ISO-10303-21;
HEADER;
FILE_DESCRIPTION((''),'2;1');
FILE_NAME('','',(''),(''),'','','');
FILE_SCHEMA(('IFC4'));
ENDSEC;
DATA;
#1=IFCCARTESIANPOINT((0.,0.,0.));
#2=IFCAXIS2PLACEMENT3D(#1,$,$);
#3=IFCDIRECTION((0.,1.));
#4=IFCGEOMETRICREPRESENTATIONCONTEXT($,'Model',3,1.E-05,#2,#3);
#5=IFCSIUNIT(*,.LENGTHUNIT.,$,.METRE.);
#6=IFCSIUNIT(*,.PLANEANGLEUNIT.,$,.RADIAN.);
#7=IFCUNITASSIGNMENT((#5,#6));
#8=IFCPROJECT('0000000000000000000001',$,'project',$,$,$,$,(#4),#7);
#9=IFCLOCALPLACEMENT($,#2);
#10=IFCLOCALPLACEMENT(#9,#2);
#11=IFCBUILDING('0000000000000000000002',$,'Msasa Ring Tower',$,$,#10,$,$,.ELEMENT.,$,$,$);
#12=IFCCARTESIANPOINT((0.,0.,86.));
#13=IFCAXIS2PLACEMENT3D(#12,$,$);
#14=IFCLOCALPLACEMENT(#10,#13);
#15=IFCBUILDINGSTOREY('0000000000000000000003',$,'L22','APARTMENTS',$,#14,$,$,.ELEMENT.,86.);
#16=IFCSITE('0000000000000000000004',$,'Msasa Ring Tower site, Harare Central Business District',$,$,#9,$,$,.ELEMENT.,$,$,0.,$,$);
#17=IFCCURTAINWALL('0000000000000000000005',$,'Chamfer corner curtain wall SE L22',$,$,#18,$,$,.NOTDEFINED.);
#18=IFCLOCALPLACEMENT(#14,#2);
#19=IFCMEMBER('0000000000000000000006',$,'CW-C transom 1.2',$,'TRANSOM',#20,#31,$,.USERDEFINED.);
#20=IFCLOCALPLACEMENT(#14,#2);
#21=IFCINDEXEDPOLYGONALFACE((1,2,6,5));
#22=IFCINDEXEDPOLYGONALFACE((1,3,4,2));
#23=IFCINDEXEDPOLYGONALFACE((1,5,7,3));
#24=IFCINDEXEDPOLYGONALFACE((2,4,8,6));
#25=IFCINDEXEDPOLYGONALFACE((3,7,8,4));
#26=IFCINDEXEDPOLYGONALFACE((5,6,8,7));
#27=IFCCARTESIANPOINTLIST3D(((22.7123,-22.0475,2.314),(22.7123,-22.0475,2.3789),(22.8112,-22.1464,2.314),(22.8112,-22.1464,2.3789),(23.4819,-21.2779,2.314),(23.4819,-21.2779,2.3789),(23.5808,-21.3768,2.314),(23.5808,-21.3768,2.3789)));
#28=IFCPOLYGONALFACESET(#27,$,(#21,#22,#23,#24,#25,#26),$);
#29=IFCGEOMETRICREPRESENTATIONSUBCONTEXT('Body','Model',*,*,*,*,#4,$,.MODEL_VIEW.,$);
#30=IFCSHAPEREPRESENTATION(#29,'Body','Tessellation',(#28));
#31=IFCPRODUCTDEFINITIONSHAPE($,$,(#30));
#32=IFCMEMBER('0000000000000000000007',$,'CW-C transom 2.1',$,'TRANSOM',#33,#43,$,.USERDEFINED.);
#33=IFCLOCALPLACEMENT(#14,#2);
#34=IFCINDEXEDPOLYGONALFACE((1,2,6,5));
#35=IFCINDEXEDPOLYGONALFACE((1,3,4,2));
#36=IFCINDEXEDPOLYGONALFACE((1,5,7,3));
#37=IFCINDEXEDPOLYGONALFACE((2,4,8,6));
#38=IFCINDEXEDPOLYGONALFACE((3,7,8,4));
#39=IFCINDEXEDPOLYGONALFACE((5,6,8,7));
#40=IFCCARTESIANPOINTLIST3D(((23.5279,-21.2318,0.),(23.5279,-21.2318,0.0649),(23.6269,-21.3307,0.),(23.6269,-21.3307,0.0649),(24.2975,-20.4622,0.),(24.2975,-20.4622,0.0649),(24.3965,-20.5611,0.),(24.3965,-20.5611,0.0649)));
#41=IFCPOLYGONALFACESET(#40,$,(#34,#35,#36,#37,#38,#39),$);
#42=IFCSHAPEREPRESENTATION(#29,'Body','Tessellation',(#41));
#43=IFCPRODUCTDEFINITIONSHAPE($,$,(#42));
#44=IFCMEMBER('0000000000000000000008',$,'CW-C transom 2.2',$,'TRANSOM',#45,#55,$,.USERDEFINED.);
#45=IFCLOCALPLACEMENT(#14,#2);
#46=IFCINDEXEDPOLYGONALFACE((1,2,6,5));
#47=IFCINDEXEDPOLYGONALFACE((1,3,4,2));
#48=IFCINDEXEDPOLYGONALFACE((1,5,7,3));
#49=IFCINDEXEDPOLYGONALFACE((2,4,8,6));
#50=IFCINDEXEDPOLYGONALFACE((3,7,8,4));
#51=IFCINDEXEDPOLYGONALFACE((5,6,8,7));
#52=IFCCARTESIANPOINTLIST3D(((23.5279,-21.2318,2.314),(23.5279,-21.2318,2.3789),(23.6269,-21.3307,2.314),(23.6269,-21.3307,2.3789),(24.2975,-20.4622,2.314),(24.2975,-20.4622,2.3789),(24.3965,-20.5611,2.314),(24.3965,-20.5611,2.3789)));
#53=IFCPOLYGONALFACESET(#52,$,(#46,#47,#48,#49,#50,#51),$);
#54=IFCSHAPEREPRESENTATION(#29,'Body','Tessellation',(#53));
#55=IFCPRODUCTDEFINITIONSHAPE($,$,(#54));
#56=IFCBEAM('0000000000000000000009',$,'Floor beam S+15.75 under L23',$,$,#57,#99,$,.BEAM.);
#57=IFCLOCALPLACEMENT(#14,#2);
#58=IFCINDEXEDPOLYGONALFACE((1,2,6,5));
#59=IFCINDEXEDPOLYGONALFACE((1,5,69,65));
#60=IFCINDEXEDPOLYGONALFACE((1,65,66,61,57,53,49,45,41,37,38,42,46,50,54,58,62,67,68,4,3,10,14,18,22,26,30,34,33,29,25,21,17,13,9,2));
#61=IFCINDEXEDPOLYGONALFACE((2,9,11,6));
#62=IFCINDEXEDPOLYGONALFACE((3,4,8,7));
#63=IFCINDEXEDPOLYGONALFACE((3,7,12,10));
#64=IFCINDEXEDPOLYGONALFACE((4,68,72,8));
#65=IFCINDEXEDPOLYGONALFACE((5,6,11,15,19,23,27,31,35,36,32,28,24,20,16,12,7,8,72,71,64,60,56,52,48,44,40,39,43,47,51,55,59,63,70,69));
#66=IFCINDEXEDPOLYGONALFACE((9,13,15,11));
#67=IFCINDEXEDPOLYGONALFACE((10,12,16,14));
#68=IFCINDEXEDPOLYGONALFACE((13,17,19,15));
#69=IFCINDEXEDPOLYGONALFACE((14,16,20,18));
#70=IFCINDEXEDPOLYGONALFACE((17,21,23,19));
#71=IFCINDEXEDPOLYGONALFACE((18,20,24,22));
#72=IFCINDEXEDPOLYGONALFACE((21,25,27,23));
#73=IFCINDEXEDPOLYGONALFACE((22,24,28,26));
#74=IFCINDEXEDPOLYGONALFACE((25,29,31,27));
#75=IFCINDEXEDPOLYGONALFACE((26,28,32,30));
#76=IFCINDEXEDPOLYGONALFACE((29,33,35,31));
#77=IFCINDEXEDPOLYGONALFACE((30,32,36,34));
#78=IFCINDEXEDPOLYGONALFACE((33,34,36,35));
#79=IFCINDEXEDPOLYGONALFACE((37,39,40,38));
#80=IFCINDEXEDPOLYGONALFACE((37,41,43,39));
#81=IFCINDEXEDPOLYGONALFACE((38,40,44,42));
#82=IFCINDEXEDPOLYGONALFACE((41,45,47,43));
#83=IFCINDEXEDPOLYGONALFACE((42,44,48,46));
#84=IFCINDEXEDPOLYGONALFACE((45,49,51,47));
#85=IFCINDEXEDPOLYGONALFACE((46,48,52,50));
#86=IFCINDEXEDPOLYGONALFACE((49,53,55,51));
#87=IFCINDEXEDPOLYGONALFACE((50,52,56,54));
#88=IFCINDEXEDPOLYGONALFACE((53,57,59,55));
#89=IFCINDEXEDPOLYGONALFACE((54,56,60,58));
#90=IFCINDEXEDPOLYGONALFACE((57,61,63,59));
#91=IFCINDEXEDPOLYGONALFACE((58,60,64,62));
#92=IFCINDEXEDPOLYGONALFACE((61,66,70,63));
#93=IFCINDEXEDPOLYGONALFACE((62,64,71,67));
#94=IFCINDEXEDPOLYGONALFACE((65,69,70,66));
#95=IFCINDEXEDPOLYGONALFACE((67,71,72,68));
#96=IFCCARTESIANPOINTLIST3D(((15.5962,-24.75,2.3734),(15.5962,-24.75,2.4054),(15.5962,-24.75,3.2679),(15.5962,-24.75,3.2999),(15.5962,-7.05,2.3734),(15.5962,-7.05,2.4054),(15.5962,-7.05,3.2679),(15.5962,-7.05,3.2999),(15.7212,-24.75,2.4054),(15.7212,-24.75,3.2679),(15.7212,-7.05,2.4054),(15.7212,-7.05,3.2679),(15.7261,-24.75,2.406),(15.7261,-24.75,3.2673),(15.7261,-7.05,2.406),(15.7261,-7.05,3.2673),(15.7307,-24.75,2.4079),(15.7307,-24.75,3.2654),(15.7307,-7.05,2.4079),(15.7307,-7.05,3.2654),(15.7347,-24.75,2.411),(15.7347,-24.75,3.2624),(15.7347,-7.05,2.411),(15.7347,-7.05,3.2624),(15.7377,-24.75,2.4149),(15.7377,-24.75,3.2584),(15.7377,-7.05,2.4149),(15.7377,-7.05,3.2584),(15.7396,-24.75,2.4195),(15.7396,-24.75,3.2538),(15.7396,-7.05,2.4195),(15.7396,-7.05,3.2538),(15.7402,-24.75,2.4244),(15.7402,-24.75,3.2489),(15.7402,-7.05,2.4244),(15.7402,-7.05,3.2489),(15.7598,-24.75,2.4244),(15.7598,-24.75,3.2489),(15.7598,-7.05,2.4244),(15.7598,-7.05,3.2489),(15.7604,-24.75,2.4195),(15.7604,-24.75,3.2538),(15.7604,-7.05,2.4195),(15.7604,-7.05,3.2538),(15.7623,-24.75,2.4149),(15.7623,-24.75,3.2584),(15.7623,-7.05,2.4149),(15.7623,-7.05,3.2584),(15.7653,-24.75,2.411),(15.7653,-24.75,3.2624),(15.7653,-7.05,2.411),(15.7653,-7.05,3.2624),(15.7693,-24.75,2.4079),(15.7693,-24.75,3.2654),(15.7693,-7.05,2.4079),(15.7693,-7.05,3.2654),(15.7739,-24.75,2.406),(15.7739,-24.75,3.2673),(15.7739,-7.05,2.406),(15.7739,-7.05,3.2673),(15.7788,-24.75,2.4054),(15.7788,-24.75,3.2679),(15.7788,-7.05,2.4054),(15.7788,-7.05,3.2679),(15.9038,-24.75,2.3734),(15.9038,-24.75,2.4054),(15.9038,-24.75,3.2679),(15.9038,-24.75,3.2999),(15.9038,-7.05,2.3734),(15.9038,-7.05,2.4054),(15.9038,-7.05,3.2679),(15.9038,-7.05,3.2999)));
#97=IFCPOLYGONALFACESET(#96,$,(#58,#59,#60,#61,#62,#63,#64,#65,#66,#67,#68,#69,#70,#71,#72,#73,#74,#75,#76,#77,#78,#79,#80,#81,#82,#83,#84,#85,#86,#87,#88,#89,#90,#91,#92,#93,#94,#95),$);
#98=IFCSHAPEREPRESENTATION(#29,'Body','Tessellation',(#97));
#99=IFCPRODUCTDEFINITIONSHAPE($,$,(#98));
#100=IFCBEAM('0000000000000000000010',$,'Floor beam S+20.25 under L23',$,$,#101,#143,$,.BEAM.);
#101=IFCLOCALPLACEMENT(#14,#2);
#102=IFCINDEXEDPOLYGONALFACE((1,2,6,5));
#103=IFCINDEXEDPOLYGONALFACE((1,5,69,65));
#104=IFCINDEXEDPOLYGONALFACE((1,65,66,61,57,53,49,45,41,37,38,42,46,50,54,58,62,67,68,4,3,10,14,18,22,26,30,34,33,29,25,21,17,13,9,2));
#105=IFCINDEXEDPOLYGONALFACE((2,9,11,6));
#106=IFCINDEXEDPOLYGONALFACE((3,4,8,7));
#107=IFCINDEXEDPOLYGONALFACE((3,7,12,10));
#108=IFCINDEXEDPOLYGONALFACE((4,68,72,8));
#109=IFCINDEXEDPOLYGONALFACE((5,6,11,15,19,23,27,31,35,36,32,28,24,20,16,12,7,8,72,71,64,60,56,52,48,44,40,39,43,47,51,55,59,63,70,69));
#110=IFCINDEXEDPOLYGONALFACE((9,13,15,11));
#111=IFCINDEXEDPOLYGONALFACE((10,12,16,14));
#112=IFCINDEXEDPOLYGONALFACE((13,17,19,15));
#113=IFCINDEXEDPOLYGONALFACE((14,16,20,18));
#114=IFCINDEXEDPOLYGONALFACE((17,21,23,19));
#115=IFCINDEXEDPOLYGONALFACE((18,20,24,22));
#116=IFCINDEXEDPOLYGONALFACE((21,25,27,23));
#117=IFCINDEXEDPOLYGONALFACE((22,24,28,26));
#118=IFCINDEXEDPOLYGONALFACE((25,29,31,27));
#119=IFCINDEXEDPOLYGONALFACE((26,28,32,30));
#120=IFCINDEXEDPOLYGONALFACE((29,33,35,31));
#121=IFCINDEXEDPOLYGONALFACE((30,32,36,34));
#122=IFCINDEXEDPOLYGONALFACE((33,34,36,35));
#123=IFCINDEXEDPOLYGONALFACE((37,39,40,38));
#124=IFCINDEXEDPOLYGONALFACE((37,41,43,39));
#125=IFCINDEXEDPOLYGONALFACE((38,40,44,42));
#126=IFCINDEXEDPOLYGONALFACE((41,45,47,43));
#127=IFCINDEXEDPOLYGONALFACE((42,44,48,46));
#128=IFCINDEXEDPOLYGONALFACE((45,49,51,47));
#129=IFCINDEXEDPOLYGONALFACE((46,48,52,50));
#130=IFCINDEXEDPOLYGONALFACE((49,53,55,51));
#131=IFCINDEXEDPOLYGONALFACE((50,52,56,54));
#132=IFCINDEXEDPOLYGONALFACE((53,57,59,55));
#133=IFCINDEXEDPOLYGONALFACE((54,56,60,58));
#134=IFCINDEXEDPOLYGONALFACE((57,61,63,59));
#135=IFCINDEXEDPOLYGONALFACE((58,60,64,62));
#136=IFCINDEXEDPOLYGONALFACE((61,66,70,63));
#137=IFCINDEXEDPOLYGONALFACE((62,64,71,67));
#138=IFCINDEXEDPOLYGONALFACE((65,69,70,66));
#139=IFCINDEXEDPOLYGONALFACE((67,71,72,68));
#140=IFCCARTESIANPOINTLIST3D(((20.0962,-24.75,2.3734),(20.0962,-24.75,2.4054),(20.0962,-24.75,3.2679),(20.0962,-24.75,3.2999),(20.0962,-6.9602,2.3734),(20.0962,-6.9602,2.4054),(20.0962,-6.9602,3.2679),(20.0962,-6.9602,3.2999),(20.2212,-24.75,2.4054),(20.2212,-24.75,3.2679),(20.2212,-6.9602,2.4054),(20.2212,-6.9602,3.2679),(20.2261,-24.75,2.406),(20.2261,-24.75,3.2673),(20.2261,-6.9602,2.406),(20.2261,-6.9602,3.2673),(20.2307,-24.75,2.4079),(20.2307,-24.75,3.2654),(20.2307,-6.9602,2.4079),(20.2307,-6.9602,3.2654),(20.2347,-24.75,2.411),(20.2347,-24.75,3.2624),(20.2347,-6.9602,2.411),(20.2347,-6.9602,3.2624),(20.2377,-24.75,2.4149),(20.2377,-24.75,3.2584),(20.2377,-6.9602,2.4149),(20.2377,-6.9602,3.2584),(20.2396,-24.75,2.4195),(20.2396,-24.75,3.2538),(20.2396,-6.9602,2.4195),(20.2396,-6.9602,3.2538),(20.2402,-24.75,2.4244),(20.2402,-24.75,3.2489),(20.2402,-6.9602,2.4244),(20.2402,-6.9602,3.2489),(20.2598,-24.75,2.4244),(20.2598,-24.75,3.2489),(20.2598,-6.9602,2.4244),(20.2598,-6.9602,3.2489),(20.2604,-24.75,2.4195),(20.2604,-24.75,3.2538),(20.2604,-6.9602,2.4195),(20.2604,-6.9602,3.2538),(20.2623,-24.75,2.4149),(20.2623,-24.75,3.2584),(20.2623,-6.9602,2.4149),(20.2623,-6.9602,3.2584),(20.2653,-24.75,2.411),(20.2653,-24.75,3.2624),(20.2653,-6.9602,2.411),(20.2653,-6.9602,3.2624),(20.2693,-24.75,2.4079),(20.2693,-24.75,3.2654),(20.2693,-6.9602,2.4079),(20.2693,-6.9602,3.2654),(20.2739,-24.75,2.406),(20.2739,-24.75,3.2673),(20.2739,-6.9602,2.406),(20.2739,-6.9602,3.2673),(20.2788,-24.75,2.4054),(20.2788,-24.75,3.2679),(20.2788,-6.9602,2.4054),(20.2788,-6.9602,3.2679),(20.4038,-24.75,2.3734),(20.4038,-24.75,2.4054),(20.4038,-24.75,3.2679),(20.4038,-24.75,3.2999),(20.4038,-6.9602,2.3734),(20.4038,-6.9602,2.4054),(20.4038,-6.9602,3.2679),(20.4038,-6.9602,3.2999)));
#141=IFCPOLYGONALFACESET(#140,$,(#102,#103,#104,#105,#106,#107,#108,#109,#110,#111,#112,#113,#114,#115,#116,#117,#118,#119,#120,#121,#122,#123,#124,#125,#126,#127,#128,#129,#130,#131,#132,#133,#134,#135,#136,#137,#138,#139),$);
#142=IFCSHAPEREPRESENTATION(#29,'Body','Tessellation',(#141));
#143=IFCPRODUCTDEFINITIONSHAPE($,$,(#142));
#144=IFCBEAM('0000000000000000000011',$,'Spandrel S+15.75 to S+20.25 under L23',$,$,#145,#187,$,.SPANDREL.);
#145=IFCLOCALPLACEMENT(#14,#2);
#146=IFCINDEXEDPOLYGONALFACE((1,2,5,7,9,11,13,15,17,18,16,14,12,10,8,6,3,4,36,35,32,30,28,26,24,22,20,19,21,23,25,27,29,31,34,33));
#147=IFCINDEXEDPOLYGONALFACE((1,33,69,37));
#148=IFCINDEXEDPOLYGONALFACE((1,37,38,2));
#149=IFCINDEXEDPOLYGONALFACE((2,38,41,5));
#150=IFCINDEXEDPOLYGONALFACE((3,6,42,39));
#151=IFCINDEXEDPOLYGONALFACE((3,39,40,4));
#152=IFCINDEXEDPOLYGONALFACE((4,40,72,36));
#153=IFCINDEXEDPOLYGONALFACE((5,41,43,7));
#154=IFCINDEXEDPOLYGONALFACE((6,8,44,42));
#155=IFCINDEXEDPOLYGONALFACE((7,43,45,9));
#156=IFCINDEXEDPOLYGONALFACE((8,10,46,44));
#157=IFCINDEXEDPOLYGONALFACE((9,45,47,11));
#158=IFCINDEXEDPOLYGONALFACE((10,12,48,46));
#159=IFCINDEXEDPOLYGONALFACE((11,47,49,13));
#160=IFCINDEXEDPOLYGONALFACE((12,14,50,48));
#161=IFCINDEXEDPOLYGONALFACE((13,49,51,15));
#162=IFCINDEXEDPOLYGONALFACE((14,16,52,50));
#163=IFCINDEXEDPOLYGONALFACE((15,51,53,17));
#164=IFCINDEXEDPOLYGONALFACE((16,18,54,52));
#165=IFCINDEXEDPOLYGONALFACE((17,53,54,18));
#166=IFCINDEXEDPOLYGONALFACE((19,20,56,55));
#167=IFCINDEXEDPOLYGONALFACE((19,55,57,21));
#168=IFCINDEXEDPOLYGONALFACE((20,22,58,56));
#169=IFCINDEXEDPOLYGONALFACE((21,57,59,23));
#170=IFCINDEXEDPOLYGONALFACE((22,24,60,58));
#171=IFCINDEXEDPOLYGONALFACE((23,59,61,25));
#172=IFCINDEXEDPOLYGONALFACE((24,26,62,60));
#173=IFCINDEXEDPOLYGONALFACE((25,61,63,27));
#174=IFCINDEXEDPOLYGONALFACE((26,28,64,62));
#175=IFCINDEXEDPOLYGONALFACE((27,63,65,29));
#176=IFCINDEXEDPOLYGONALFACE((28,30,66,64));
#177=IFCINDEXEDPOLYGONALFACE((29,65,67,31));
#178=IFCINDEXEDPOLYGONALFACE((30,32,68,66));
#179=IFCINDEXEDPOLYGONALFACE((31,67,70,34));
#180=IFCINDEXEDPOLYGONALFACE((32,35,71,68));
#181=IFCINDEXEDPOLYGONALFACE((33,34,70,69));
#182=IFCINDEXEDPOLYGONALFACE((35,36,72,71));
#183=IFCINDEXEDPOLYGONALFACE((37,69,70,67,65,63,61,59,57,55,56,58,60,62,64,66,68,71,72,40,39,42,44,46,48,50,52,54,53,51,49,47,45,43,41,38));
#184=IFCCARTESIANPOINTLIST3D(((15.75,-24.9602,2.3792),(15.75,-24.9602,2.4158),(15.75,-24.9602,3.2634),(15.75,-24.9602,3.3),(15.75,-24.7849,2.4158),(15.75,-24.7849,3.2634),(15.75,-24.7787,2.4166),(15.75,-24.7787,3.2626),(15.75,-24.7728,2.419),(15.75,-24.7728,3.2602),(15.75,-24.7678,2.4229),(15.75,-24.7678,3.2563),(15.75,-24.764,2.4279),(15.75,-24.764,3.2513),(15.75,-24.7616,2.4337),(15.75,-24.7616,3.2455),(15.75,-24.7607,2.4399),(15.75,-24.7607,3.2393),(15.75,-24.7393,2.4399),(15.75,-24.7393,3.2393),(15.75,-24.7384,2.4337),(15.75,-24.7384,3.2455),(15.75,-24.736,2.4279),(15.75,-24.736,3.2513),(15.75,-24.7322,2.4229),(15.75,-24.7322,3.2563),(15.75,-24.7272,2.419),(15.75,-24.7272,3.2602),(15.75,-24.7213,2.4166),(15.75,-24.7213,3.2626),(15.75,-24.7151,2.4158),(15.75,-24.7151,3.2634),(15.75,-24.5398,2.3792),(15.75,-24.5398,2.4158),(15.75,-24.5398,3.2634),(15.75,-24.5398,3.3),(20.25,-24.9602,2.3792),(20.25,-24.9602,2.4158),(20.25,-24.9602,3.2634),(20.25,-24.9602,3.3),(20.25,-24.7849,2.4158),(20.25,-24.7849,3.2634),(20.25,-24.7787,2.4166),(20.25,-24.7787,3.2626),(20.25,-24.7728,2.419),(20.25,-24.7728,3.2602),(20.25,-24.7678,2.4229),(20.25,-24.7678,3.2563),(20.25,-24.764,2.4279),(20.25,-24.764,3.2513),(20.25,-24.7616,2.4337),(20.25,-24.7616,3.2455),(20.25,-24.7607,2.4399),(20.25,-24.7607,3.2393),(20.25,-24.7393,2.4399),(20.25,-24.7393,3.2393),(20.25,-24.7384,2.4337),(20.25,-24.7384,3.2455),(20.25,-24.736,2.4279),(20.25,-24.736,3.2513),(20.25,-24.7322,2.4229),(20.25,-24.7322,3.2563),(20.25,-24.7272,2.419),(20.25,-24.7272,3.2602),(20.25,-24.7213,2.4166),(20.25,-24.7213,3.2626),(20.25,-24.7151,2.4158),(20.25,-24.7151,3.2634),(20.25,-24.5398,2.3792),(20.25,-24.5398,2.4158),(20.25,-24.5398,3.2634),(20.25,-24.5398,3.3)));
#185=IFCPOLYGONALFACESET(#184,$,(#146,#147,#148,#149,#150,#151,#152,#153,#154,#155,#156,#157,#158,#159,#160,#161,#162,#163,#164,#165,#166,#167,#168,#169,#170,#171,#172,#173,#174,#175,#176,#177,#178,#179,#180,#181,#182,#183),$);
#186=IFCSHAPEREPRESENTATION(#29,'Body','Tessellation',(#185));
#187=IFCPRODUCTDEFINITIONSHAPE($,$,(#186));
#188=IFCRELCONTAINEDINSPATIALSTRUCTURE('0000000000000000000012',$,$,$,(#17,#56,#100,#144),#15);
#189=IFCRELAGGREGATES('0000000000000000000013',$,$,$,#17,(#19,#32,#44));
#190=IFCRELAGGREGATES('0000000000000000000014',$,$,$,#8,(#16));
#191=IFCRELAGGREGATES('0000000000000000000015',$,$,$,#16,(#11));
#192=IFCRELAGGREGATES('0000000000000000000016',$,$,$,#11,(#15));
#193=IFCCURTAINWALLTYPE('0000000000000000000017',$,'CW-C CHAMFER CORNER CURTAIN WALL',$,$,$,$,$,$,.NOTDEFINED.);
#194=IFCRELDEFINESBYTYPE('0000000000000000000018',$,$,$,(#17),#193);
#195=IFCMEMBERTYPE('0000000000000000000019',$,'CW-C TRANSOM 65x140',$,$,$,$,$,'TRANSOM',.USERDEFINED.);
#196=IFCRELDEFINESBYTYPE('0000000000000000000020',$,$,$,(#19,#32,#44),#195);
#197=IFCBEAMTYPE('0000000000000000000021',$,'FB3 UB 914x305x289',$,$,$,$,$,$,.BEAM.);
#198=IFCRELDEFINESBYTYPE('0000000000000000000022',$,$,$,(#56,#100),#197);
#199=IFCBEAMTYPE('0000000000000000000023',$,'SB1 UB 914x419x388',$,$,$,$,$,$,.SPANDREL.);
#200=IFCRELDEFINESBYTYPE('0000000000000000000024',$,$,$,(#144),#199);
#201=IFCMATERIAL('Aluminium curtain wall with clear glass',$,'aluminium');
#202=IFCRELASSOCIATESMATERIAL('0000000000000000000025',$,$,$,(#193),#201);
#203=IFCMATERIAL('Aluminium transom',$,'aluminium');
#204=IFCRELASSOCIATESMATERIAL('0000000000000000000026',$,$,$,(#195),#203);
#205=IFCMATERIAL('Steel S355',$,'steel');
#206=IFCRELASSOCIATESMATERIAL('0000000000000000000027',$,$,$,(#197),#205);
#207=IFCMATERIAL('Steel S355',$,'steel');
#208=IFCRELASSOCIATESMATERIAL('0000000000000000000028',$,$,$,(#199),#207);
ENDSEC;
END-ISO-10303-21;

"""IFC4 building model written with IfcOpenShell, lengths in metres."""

from ifc_helpers import new_model, si_unit, direction, frame, origin, origin_2d, place, context, subcontext, project, spatial, rectangle, i_section, extrude, material, material_profile, profile_set, type_object, element, aggregate, save


model = new_model("IFC4")

# Units and contexts
model_context = context("Model", 3, precision=1e-05, world=origin(), true_north=direction((0.0, 1.0)))
body_context = subcontext(model_context, "Body", "Model", "MODEL_VIEW")
ifc_project = project(units=[si_unit("LENGTHUNIT", "METRE"), si_unit("PLANEANGLEUNIT", "RADIAN")], contexts=[model_context])

# Site, building, storey
site_placement = place(None, origin())
site = spatial("IfcSite", under=ifc_project, at=site_placement, Name="Msasa Ring Tower site, Harare Central Business District", CompositionType="ELEMENT", RefElevation=0.0)
building_placement = place(site_placement, origin())
building = spatial("IfcBuilding", under=site, at=building_placement, Name="Msasa Ring Tower", CompositionType="ELEMENT")
storey_placement = place(building_placement, frame((0.0, 0.0, 86.0)))
storey = spatial("IfcBuildingStorey", under=building, at=storey_placement, Name="L22", Description="APARTMENTS", CompositionType="ELEMENT", Elevation=86.0)

# Curtain wall
ifc_material_1 = material(Name="Aluminium curtain wall with clear glass", Category="aluminium")
curtain_wall_type = type_object("IfcCurtainWallType", Name="CW-C CHAMFER CORNER CURTAIN WALL", PredefinedType="NOTDEFINED", material=ifc_material_1)
curtain_wall_1_placement = place(storey_placement, origin())
curtain_wall_1 = element("IfcCurtainWall", 1, at=curtain_wall_1_placement, inside=storey, type_object=curtain_wall_type, Name="Chamfer corner curtain wall SE L22", PredefinedType="NOTDEFINED")

# Members
ifc_material_2 = material(Name="Aluminium transom", Category="aluminium")
ifc_material_profile_1 = material_profile(ifc_material_2, rectangle(XDim=0.1399, YDim=0.0649, at=origin_2d()), Name="AL 65x140")
ifc_profile_set_1 = profile_set([ifc_material_profile_1], Name="Aluminium transom")
member_type_1 = type_object("IfcMemberType", Name="CW-C TRANSOM 65x140", ElementType="TRANSOM", PredefinedType="USERDEFINED", material=ifc_profile_set_1)
member_1_placement = place(storey_placement, frame((22.7617, -22.0969, 2.3464), z_axis=(0.707107, 0.707107, 0.0), x_axis=(-0.707107, 0.707107, 0.0)))
member_1 = element("IfcMember", 2, at=member_1_placement, type_object=member_type_1, Name="CW-C transom 1.2", ObjectType="TRANSOM", PredefinedType="USERDEFINED", context=body_context, shape_type="SweptSolid", body=[
    extrude(rectangle(XDim=0.1399, YDim=0.0649, at=origin_2d()), origin(), (0.0, 0.0, 1.0), 1.0884),
])
member_2_placement = place(storey_placement, frame((23.5774, -21.2812, 0.0325), z_axis=(0.707107, 0.707107, 0.0), x_axis=(-0.707107, 0.707107, 0.0)))
member_2 = element("IfcMember", 3, at=member_2_placement, type_object=member_type_1, Name="CW-C transom 2.1", ObjectType="TRANSOM", PredefinedType="USERDEFINED", context=body_context, shape_type="SweptSolid", body=[
    extrude(rectangle(XDim=0.1399, YDim=0.0649, at=origin_2d()), origin(), (0.0, 0.0, 1.0), 1.0884),
])
member_3_placement = place(storey_placement, frame((23.5774, -21.2812, 2.3464), z_axis=(0.707107, 0.707107, 0.0), x_axis=(-0.707107, 0.707107, 0.0)))
member_3 = element("IfcMember", 4, at=member_3_placement, type_object=member_type_1, Name="CW-C transom 2.2", ObjectType="TRANSOM", PredefinedType="USERDEFINED", context=body_context, shape_type="SweptSolid", body=[
    extrude(rectangle(XDim=0.1399, YDim=0.0649, at=origin_2d()), origin(), (0.0, 0.0, 1.0), 1.0884),
])

# Beams
ifc_material_3 = material(Name="Steel S355", Category="steel")
ifc_material_profile_2 = material_profile(ifc_material_3, i_section(OverallWidth=0.3076, OverallDepth=0.9265, WebThickness=0.0195, FlangeThickness=0.032, FilletRadius=0.019, at=origin_2d()), Name="UB 914x305x289")
ifc_profile_set_2 = profile_set([ifc_material_profile_2], Name="Steel S355")
beam_type_1 = type_object("IfcBeamType", Name="FB3 UB 914x305x289", PredefinedType="BEAM", material=ifc_profile_set_2)
beam_1_placement = place(storey_placement, frame((15.75, -24.75, 2.8367), z_axis=(0.0, 1.0, 0.0), x_axis=(-1.0, 0.0, 0.0)))
element("IfcBeam", 5, at=beam_1_placement, inside=storey, type_object=beam_type_1, Name="Floor beam S+15.75 under L23", PredefinedType="BEAM", context=body_context, shape_type="SweptSolid", body=[
    extrude(i_section(OverallWidth=0.3076, OverallDepth=0.9265, WebThickness=0.0195, FlangeThickness=0.032, FilletRadius=0.019, at=origin_2d()), origin(), (0.0, 0.0, 1.0), 17.7),
])
beam_2_placement = place(storey_placement, frame((20.25, -24.75, 2.8367), z_axis=(0.0, 1.0, 0.0), x_axis=(-1.0, 0.0, 0.0)))
element("IfcBeam", 6, at=beam_2_placement, inside=storey, type_object=beam_type_1, Name="Floor beam S+20.25 under L23", PredefinedType="BEAM", context=body_context, shape_type="SweptSolid", body=[
    extrude(i_section(OverallWidth=0.3076, OverallDepth=0.9265, WebThickness=0.0195, FlangeThickness=0.032, FilletRadius=0.019, at=origin_2d()), origin(), (0.0, 0.0, 1.0), 17.7898),
])
ifc_material_4 = material(Name="Steel S355", Category="steel")
ifc_material_profile_3 = material_profile(ifc_material_4, i_section(OverallWidth=0.4204, OverallDepth=0.9209, WebThickness=0.0215, FlangeThickness=0.0366, FilletRadius=0.0242, at=origin_2d()), Name="UB 914x419x388")
ifc_profile_set_3 = profile_set([ifc_material_profile_3], Name="Steel S355")
beam_type_2 = type_object("IfcBeamType", Name="SB1 UB 914x419x388", PredefinedType="SPANDREL", material=ifc_profile_set_3)
beam_3_placement = place(storey_placement, frame((15.75, -24.75, 2.8396), z_axis=(1.0, 0.0, 0.0), x_axis=(0.0, 1.0, 0.0)))
element("IfcBeam", 7, at=beam_3_placement, inside=storey, type_object=beam_type_2, Name="Spandrel S+15.75 to S+20.25 under L23", PredefinedType="SPANDREL", context=body_context, shape_type="SweptSolid", body=[
    extrude(i_section(OverallWidth=0.4204, OverallDepth=0.9209, WebThickness=0.0215, FlangeThickness=0.0366, FilletRadius=0.0242, at=origin_2d()), origin(), (0.0, 0.0, 1.0), 4.5),
])

aggregate(curtain_wall_1, [member_1, member_2, member_3])

save(model, "model.ifc")
